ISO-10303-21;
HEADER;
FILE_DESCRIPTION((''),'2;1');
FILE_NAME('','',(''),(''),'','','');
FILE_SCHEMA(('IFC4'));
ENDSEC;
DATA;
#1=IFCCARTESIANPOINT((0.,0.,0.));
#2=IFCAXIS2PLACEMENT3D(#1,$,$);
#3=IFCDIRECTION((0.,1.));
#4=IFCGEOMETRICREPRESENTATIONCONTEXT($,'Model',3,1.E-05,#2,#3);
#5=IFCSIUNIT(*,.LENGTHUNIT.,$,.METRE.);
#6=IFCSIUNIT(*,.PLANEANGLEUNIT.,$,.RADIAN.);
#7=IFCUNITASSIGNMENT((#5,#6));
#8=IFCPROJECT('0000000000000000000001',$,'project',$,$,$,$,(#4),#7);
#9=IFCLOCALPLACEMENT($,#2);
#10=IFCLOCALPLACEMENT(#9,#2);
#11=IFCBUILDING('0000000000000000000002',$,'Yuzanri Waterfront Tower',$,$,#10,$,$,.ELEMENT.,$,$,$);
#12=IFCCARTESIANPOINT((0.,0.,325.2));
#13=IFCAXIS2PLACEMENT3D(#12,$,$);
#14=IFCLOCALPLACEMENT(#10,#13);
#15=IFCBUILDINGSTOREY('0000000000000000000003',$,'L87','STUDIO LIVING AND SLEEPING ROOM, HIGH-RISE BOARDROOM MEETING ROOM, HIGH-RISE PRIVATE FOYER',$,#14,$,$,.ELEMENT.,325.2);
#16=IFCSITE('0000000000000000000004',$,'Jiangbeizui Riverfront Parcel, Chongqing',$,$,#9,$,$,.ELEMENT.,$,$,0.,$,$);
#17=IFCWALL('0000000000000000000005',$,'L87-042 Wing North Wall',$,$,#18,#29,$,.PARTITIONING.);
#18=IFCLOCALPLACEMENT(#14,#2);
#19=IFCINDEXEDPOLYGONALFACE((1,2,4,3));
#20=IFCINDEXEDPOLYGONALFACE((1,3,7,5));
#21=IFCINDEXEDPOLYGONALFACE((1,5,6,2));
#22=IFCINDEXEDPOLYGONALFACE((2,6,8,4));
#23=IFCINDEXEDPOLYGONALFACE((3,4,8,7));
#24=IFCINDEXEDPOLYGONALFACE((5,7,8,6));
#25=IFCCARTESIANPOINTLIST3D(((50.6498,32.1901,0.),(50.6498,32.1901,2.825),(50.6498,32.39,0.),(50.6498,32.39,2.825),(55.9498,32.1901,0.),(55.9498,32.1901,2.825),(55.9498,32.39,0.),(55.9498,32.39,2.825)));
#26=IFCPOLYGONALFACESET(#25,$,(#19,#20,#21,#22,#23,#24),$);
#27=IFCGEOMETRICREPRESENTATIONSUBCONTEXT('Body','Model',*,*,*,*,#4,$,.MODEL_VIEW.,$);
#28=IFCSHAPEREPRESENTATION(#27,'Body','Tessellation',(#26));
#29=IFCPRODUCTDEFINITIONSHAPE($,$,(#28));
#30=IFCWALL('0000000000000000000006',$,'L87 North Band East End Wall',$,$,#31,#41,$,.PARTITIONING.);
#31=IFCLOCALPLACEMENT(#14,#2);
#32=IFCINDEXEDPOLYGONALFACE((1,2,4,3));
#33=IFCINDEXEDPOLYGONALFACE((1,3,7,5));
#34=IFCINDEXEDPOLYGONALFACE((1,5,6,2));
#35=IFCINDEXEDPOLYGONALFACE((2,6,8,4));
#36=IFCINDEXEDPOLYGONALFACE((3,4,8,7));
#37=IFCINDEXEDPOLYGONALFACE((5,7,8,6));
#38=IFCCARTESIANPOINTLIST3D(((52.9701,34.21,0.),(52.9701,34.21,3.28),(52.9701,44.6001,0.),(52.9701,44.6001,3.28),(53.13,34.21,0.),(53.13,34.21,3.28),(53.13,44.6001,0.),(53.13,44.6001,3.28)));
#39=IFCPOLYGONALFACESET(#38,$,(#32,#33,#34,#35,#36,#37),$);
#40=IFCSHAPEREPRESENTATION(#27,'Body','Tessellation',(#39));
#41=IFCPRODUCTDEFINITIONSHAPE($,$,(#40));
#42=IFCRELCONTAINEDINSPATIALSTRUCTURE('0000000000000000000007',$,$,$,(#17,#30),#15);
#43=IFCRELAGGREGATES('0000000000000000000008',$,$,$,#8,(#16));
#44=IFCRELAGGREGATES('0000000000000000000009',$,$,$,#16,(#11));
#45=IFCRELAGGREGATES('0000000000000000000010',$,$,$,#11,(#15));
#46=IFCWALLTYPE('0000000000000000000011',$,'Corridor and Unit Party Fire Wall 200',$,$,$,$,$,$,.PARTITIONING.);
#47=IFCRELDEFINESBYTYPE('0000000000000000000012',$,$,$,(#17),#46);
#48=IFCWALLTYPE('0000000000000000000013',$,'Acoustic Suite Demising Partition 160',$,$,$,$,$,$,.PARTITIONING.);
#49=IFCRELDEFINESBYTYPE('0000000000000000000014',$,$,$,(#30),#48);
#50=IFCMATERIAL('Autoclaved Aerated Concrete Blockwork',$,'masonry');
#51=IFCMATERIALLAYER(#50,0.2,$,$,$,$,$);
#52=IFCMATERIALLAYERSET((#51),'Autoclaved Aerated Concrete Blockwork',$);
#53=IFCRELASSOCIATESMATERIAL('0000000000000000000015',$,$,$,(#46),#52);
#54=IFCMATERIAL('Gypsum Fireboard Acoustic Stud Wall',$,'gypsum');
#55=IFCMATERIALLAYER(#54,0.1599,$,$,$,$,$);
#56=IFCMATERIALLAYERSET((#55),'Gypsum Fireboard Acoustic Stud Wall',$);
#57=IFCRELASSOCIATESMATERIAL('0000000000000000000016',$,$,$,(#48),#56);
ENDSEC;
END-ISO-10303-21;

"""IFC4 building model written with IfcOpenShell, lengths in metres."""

from ifc_helpers import new_model, si_unit, direction, frame, frame_2d, origin, place, context, subcontext, project, spatial, rectangle, extrude, source, transform, mapped, material, layer, layer_set, type_object, element, save


model = new_model("IFC4")

# Units and contexts
model_context = context("Model", 3, precision=1e-05, world=origin(), true_north=direction((0.0, 1.0)))
body_context = subcontext(model_context, "Body", "Model", "MODEL_VIEW")
ifc_project = project(units=[si_unit("LENGTHUNIT", "METRE"), si_unit("PLANEANGLEUNIT", "RADIAN")], contexts=[model_context])

# Site, building, storey
site_placement = place(None, origin())
site = spatial("IfcSite", under=ifc_project, at=site_placement, Name="Jiangbeizui Riverfront Parcel, Chongqing", CompositionType="ELEMENT", RefElevation=0.0)
building_placement = place(site_placement, origin())
building = spatial("IfcBuilding", under=site, at=building_placement, Name="Yuzanri Waterfront Tower", CompositionType="ELEMENT")
storey_placement = place(building_placement, frame((0.0, 0.0, 325.2)))
storey = spatial("IfcBuildingStorey", under=building, at=storey_placement, Name="L87", Description="STUDIO LIVING AND SLEEPING ROOM, HIGH-RISE BOARDROOM MEETING ROOM, HIGH-RISE PRIVATE FOYER", CompositionType="ELEMENT", Elevation=325.2)

# Walls
ifc_material_1 = material(Name="Autoclaved Aerated Concrete Blockwork", Category="masonry")
ifc_layer_1 = layer(ifc_material_1, 0.2)
ifc_layer_set_1 = layer_set([ifc_layer_1], Name="Autoclaved Aerated Concrete Blockwork")
wall_type_1 = type_object("IfcWallType", Name="Corridor and Unit Party Fire Wall 200", PredefinedType="PARTITIONING", material=ifc_layer_set_1)
shared_shape_1 = source(origin(), body_context, "Body", "SweptSolid", [
    extrude(rectangle(XDim=5.3, YDim=0.2, at=frame_2d((2.6499, 0.0))), origin(), (0.0, 0.0, 1.0), 2.825),
])
wall_1_placement = place(storey_placement, frame((50.6499, 32.29, 0.0), z_axis=(0.0, 0.0, 1.0), x_axis=(1.0, 0.0, 0.0)))
element("IfcWall", 1, at=wall_1_placement, inside=storey, type_object=wall_type_1, Name="L87-042 Wing North Wall", PredefinedType="PARTITIONING", context=body_context, shape_type="MappedRepresentation", body=[
    mapped(shared_shape_1, transform((0.0, 0.0, 0.0), scale=1.0)),
])
ifc_material_2 = material(Name="Gypsum Fireboard Acoustic Stud Wall", Category="gypsum")
ifc_layer_2 = layer(ifc_material_2, 0.1599)
ifc_layer_set_2 = layer_set([ifc_layer_2], Name="Gypsum Fireboard Acoustic Stud Wall")
wall_type_2 = type_object("IfcWallType", Name="Acoustic Suite Demising Partition 160", PredefinedType="PARTITIONING", material=ifc_layer_set_2)
shared_shape_2 = source(origin(), body_context, "Body", "SweptSolid", [
    extrude(rectangle(XDim=10.3901, YDim=0.1599, at=frame_2d((5.1951, 0.0))), origin(), (0.0, 0.0, 1.0), 3.28),
])
wall_2_placement = place(storey_placement, frame((53.05, 34.21, 0.0), z_axis=(0.0, 0.0, 1.0), x_axis=(0.0, 1.0, 0.0)))
element("IfcWall", 2, at=wall_2_placement, inside=storey, type_object=wall_type_2, Name="L87 North Band East End Wall", PredefinedType="PARTITIONING", context=body_context, shape_type="MappedRepresentation", body=[
    mapped(shared_shape_2, transform((0.0, 0.0, 0.0), scale=1.0)),
])

save(model, "model.ifc")
